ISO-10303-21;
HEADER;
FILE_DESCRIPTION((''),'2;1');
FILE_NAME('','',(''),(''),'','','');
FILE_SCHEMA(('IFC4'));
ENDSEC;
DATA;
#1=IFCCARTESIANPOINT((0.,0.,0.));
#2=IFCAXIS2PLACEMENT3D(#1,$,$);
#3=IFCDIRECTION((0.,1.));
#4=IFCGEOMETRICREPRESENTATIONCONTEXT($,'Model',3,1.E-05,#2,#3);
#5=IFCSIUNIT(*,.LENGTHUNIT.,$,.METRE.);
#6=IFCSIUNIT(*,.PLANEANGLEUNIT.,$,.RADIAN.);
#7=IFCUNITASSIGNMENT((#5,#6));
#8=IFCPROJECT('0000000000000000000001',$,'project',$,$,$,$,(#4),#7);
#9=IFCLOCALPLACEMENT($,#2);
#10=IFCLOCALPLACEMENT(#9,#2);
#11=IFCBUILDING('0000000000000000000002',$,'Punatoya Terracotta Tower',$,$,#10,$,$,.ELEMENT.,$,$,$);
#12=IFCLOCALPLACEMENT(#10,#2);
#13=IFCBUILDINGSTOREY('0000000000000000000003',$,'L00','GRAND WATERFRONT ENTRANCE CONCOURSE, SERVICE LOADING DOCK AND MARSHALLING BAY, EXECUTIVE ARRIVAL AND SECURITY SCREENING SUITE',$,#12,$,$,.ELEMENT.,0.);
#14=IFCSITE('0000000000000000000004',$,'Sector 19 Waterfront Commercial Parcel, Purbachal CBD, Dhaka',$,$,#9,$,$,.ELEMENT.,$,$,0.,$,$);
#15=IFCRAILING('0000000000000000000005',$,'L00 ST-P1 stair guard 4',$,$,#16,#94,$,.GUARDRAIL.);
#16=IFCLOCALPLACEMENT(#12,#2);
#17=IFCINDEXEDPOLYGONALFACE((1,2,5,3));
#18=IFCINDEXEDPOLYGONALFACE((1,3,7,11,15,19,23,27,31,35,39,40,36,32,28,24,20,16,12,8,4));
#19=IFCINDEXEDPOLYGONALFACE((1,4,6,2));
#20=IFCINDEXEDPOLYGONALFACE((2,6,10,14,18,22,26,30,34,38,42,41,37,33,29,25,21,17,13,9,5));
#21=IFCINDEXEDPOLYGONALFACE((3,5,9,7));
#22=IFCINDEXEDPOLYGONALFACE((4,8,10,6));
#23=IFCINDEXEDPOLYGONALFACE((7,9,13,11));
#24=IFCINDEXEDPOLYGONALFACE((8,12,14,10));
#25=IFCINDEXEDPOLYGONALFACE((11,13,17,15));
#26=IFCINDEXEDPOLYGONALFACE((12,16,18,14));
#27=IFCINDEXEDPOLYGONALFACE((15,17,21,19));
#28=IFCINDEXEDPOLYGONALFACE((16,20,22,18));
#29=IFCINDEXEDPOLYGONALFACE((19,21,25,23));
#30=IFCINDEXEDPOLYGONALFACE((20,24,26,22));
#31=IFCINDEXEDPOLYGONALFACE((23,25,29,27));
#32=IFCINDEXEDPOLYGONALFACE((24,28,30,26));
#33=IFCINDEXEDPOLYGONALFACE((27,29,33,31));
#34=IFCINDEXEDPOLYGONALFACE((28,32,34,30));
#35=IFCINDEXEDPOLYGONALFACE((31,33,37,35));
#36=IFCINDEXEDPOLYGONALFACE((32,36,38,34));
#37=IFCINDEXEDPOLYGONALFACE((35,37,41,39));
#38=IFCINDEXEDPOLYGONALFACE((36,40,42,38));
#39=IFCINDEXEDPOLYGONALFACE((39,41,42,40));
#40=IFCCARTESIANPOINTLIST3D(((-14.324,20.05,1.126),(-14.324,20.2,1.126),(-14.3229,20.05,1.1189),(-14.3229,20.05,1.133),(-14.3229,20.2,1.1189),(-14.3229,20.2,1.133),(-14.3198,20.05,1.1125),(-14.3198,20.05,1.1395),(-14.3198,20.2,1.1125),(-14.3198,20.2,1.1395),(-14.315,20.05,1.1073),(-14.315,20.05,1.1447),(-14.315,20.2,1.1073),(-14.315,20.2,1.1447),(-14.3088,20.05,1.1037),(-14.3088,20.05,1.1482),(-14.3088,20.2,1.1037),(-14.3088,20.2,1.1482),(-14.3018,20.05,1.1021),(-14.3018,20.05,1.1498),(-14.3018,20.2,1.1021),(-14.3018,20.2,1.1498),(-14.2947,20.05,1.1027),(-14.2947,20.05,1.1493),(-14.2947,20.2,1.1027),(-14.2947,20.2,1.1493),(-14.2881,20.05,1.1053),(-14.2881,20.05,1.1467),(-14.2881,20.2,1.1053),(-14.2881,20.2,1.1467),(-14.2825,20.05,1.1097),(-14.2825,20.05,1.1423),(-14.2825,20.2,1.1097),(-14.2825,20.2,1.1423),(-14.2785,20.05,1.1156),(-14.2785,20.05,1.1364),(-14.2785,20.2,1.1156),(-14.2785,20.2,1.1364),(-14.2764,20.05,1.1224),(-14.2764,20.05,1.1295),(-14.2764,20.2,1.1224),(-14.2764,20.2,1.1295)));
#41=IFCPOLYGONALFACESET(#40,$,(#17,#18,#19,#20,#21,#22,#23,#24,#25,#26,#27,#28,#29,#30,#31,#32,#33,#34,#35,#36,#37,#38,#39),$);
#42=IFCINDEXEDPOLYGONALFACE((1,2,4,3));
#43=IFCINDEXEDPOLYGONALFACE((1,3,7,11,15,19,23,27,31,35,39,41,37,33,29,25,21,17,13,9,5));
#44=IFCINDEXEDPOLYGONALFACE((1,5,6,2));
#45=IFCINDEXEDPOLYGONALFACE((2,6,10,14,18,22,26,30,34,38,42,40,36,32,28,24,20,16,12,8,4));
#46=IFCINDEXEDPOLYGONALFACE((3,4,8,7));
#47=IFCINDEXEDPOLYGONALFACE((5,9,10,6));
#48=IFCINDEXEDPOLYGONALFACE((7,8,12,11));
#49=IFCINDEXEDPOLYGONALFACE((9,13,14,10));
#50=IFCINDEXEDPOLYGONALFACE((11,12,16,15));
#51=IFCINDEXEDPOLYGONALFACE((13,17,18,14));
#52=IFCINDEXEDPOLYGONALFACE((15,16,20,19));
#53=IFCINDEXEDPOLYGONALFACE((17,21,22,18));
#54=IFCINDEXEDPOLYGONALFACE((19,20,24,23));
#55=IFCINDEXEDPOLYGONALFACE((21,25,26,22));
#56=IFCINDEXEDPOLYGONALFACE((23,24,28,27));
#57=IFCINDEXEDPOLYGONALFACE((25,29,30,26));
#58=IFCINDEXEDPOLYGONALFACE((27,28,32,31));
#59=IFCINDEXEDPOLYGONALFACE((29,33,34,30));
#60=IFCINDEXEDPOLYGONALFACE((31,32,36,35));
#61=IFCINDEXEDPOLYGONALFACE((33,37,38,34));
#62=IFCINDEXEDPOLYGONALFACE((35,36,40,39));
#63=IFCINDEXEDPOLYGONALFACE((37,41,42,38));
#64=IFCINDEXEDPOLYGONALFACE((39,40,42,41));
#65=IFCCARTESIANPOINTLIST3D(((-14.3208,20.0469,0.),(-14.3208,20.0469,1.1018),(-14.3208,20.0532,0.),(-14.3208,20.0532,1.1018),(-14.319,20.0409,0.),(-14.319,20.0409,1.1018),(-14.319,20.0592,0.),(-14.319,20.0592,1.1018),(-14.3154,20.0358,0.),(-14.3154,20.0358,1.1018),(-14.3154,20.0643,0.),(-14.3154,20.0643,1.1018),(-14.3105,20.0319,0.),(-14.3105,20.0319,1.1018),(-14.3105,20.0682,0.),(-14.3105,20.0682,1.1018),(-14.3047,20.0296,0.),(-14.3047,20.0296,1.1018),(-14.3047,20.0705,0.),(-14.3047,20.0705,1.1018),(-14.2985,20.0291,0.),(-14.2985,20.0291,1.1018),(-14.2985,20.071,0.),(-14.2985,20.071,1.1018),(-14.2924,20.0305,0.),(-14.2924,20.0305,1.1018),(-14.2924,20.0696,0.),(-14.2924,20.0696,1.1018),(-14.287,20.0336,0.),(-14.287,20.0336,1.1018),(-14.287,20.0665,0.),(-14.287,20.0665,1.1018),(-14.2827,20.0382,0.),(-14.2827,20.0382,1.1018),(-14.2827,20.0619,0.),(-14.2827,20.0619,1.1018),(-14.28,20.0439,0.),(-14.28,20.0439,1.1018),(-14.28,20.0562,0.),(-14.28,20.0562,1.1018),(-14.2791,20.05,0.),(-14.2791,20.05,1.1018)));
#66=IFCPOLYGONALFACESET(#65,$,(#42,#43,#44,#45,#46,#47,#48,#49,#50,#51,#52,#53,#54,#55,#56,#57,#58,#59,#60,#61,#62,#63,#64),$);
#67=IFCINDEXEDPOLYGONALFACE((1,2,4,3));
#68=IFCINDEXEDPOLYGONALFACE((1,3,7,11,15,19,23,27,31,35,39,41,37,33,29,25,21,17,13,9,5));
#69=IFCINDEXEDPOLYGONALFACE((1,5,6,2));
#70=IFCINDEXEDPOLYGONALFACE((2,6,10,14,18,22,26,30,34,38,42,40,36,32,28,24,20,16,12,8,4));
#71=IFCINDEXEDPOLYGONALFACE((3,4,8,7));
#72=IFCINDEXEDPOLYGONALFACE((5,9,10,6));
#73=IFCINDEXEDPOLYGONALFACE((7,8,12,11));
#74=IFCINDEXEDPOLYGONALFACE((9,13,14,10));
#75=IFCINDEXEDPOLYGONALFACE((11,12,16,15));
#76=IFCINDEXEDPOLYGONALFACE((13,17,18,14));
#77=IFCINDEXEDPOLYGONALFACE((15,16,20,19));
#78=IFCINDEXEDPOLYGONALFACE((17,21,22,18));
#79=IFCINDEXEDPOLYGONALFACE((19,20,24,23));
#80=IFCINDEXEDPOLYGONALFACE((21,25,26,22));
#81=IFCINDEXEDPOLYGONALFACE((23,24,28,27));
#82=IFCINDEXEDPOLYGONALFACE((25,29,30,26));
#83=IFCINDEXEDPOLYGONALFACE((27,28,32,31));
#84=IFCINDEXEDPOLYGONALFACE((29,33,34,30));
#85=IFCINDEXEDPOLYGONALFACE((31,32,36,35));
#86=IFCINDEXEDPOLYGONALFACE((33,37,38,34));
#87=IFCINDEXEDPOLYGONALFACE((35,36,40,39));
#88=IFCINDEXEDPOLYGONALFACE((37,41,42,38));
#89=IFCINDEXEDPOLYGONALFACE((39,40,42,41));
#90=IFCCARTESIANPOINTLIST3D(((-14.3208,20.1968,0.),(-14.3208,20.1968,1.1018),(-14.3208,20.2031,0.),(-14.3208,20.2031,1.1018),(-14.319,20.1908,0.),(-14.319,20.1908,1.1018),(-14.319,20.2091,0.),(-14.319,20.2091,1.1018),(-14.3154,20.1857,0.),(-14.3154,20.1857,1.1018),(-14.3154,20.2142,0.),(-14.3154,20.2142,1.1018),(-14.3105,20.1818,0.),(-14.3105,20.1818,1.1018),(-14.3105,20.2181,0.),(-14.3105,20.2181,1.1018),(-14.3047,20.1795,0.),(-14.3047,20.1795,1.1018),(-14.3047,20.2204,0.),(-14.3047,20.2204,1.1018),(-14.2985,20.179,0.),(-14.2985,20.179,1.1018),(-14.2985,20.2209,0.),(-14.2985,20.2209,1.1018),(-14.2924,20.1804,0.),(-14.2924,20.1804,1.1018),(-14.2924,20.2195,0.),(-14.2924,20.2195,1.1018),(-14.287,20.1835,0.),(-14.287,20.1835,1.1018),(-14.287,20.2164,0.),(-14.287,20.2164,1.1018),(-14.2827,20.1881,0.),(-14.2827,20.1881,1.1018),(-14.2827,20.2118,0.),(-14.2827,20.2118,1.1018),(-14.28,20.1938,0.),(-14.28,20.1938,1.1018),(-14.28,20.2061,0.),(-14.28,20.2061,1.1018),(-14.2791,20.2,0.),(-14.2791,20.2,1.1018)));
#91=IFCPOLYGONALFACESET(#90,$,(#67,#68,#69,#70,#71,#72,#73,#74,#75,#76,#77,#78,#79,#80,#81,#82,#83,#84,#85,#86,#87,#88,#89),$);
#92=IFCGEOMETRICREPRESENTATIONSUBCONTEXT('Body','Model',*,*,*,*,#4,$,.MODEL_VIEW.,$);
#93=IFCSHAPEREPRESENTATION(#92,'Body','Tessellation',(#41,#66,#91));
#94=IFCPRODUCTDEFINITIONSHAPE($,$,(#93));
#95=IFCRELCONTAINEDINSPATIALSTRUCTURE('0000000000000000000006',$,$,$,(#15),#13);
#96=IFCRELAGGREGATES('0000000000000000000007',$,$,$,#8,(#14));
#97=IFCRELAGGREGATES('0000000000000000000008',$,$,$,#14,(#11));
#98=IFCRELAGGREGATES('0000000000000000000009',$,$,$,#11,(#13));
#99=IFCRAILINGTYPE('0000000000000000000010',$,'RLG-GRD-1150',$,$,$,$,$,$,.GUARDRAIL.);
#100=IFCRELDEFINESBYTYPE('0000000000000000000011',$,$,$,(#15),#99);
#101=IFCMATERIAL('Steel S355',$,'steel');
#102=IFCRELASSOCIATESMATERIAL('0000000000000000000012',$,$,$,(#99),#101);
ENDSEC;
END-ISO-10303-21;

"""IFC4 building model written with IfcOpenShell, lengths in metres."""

from ifc_helpers import new_model, si_unit, direction, frame, origin, origin_2d, place, context, subcontext, project, spatial, circle, extrude, material, type_object, element, save


model = new_model("IFC4")

# Units and contexts
model_context = context("Model", 3, precision=1e-05, world=origin(), true_north=direction((0.0, 1.0)))
body_context = subcontext(model_context, "Body", "Model", "MODEL_VIEW")
ifc_project = project(units=[si_unit("LENGTHUNIT", "METRE"), si_unit("PLANEANGLEUNIT", "RADIAN")], contexts=[model_context])

# Site, building, storey
site_placement = place(None, origin())
site = spatial("IfcSite", under=ifc_project, at=site_placement, Name="Sector 19 Waterfront Commercial Parcel, Purbachal CBD, Dhaka", CompositionType="ELEMENT", RefElevation=0.0)
building_placement = place(site_placement, origin())
building = spatial("IfcBuilding", under=site, at=building_placement, Name="Punatoya Terracotta Tower", CompositionType="ELEMENT")
storey_placement = place(building_placement, origin())
storey = spatial("IfcBuildingStorey", under=building, at=storey_placement, Name="L00", Description="GRAND WATERFRONT ENTRANCE CONCOURSE, SERVICE LOADING DOCK AND MARSHALLING BAY, EXECUTIVE ARRIVAL AND SECURITY SCREENING SUITE", CompositionType="ELEMENT", Elevation=0.0)

# Shared definitions
ifc_material_1 = material(Name="Steel S355", Category="steel")

# Railing
railing_type_1 = type_object("IfcRailingType", Name="RLG-GRD-1150", PredefinedType="GUARDRAIL", material=ifc_material_1)
railing_1_placement = place(storey_placement, frame((-14.3, 20.05, 0.0)))
element("IfcRailing", 1, at=railing_1_placement, inside=storey, type_object=railing_type_1, Name="L00 ST-P1 stair guard 4", PredefinedType="GUARDRAIL", context=body_context, shape_type="SweptSolid", body=[
    extrude(circle(Radius=0.0239, at=origin_2d()), frame((0.0, 0.0, 1.126), z_axis=(0.0, 1.0, 0.0), x_axis=(-1.0, 0.0, 0.0)), (0.0, 0.0, 1.0), 0.1499),
    extrude(circle(Radius=0.021, at=origin_2d()), origin(), (0.0, 0.0, 1.0), 1.1018),
    extrude(circle(Radius=0.021, at=origin_2d()), frame((0.0, 0.1499, 0.0)), (0.0, 0.0, 1.0), 1.1018),
])

save(model, "model.ifc")
